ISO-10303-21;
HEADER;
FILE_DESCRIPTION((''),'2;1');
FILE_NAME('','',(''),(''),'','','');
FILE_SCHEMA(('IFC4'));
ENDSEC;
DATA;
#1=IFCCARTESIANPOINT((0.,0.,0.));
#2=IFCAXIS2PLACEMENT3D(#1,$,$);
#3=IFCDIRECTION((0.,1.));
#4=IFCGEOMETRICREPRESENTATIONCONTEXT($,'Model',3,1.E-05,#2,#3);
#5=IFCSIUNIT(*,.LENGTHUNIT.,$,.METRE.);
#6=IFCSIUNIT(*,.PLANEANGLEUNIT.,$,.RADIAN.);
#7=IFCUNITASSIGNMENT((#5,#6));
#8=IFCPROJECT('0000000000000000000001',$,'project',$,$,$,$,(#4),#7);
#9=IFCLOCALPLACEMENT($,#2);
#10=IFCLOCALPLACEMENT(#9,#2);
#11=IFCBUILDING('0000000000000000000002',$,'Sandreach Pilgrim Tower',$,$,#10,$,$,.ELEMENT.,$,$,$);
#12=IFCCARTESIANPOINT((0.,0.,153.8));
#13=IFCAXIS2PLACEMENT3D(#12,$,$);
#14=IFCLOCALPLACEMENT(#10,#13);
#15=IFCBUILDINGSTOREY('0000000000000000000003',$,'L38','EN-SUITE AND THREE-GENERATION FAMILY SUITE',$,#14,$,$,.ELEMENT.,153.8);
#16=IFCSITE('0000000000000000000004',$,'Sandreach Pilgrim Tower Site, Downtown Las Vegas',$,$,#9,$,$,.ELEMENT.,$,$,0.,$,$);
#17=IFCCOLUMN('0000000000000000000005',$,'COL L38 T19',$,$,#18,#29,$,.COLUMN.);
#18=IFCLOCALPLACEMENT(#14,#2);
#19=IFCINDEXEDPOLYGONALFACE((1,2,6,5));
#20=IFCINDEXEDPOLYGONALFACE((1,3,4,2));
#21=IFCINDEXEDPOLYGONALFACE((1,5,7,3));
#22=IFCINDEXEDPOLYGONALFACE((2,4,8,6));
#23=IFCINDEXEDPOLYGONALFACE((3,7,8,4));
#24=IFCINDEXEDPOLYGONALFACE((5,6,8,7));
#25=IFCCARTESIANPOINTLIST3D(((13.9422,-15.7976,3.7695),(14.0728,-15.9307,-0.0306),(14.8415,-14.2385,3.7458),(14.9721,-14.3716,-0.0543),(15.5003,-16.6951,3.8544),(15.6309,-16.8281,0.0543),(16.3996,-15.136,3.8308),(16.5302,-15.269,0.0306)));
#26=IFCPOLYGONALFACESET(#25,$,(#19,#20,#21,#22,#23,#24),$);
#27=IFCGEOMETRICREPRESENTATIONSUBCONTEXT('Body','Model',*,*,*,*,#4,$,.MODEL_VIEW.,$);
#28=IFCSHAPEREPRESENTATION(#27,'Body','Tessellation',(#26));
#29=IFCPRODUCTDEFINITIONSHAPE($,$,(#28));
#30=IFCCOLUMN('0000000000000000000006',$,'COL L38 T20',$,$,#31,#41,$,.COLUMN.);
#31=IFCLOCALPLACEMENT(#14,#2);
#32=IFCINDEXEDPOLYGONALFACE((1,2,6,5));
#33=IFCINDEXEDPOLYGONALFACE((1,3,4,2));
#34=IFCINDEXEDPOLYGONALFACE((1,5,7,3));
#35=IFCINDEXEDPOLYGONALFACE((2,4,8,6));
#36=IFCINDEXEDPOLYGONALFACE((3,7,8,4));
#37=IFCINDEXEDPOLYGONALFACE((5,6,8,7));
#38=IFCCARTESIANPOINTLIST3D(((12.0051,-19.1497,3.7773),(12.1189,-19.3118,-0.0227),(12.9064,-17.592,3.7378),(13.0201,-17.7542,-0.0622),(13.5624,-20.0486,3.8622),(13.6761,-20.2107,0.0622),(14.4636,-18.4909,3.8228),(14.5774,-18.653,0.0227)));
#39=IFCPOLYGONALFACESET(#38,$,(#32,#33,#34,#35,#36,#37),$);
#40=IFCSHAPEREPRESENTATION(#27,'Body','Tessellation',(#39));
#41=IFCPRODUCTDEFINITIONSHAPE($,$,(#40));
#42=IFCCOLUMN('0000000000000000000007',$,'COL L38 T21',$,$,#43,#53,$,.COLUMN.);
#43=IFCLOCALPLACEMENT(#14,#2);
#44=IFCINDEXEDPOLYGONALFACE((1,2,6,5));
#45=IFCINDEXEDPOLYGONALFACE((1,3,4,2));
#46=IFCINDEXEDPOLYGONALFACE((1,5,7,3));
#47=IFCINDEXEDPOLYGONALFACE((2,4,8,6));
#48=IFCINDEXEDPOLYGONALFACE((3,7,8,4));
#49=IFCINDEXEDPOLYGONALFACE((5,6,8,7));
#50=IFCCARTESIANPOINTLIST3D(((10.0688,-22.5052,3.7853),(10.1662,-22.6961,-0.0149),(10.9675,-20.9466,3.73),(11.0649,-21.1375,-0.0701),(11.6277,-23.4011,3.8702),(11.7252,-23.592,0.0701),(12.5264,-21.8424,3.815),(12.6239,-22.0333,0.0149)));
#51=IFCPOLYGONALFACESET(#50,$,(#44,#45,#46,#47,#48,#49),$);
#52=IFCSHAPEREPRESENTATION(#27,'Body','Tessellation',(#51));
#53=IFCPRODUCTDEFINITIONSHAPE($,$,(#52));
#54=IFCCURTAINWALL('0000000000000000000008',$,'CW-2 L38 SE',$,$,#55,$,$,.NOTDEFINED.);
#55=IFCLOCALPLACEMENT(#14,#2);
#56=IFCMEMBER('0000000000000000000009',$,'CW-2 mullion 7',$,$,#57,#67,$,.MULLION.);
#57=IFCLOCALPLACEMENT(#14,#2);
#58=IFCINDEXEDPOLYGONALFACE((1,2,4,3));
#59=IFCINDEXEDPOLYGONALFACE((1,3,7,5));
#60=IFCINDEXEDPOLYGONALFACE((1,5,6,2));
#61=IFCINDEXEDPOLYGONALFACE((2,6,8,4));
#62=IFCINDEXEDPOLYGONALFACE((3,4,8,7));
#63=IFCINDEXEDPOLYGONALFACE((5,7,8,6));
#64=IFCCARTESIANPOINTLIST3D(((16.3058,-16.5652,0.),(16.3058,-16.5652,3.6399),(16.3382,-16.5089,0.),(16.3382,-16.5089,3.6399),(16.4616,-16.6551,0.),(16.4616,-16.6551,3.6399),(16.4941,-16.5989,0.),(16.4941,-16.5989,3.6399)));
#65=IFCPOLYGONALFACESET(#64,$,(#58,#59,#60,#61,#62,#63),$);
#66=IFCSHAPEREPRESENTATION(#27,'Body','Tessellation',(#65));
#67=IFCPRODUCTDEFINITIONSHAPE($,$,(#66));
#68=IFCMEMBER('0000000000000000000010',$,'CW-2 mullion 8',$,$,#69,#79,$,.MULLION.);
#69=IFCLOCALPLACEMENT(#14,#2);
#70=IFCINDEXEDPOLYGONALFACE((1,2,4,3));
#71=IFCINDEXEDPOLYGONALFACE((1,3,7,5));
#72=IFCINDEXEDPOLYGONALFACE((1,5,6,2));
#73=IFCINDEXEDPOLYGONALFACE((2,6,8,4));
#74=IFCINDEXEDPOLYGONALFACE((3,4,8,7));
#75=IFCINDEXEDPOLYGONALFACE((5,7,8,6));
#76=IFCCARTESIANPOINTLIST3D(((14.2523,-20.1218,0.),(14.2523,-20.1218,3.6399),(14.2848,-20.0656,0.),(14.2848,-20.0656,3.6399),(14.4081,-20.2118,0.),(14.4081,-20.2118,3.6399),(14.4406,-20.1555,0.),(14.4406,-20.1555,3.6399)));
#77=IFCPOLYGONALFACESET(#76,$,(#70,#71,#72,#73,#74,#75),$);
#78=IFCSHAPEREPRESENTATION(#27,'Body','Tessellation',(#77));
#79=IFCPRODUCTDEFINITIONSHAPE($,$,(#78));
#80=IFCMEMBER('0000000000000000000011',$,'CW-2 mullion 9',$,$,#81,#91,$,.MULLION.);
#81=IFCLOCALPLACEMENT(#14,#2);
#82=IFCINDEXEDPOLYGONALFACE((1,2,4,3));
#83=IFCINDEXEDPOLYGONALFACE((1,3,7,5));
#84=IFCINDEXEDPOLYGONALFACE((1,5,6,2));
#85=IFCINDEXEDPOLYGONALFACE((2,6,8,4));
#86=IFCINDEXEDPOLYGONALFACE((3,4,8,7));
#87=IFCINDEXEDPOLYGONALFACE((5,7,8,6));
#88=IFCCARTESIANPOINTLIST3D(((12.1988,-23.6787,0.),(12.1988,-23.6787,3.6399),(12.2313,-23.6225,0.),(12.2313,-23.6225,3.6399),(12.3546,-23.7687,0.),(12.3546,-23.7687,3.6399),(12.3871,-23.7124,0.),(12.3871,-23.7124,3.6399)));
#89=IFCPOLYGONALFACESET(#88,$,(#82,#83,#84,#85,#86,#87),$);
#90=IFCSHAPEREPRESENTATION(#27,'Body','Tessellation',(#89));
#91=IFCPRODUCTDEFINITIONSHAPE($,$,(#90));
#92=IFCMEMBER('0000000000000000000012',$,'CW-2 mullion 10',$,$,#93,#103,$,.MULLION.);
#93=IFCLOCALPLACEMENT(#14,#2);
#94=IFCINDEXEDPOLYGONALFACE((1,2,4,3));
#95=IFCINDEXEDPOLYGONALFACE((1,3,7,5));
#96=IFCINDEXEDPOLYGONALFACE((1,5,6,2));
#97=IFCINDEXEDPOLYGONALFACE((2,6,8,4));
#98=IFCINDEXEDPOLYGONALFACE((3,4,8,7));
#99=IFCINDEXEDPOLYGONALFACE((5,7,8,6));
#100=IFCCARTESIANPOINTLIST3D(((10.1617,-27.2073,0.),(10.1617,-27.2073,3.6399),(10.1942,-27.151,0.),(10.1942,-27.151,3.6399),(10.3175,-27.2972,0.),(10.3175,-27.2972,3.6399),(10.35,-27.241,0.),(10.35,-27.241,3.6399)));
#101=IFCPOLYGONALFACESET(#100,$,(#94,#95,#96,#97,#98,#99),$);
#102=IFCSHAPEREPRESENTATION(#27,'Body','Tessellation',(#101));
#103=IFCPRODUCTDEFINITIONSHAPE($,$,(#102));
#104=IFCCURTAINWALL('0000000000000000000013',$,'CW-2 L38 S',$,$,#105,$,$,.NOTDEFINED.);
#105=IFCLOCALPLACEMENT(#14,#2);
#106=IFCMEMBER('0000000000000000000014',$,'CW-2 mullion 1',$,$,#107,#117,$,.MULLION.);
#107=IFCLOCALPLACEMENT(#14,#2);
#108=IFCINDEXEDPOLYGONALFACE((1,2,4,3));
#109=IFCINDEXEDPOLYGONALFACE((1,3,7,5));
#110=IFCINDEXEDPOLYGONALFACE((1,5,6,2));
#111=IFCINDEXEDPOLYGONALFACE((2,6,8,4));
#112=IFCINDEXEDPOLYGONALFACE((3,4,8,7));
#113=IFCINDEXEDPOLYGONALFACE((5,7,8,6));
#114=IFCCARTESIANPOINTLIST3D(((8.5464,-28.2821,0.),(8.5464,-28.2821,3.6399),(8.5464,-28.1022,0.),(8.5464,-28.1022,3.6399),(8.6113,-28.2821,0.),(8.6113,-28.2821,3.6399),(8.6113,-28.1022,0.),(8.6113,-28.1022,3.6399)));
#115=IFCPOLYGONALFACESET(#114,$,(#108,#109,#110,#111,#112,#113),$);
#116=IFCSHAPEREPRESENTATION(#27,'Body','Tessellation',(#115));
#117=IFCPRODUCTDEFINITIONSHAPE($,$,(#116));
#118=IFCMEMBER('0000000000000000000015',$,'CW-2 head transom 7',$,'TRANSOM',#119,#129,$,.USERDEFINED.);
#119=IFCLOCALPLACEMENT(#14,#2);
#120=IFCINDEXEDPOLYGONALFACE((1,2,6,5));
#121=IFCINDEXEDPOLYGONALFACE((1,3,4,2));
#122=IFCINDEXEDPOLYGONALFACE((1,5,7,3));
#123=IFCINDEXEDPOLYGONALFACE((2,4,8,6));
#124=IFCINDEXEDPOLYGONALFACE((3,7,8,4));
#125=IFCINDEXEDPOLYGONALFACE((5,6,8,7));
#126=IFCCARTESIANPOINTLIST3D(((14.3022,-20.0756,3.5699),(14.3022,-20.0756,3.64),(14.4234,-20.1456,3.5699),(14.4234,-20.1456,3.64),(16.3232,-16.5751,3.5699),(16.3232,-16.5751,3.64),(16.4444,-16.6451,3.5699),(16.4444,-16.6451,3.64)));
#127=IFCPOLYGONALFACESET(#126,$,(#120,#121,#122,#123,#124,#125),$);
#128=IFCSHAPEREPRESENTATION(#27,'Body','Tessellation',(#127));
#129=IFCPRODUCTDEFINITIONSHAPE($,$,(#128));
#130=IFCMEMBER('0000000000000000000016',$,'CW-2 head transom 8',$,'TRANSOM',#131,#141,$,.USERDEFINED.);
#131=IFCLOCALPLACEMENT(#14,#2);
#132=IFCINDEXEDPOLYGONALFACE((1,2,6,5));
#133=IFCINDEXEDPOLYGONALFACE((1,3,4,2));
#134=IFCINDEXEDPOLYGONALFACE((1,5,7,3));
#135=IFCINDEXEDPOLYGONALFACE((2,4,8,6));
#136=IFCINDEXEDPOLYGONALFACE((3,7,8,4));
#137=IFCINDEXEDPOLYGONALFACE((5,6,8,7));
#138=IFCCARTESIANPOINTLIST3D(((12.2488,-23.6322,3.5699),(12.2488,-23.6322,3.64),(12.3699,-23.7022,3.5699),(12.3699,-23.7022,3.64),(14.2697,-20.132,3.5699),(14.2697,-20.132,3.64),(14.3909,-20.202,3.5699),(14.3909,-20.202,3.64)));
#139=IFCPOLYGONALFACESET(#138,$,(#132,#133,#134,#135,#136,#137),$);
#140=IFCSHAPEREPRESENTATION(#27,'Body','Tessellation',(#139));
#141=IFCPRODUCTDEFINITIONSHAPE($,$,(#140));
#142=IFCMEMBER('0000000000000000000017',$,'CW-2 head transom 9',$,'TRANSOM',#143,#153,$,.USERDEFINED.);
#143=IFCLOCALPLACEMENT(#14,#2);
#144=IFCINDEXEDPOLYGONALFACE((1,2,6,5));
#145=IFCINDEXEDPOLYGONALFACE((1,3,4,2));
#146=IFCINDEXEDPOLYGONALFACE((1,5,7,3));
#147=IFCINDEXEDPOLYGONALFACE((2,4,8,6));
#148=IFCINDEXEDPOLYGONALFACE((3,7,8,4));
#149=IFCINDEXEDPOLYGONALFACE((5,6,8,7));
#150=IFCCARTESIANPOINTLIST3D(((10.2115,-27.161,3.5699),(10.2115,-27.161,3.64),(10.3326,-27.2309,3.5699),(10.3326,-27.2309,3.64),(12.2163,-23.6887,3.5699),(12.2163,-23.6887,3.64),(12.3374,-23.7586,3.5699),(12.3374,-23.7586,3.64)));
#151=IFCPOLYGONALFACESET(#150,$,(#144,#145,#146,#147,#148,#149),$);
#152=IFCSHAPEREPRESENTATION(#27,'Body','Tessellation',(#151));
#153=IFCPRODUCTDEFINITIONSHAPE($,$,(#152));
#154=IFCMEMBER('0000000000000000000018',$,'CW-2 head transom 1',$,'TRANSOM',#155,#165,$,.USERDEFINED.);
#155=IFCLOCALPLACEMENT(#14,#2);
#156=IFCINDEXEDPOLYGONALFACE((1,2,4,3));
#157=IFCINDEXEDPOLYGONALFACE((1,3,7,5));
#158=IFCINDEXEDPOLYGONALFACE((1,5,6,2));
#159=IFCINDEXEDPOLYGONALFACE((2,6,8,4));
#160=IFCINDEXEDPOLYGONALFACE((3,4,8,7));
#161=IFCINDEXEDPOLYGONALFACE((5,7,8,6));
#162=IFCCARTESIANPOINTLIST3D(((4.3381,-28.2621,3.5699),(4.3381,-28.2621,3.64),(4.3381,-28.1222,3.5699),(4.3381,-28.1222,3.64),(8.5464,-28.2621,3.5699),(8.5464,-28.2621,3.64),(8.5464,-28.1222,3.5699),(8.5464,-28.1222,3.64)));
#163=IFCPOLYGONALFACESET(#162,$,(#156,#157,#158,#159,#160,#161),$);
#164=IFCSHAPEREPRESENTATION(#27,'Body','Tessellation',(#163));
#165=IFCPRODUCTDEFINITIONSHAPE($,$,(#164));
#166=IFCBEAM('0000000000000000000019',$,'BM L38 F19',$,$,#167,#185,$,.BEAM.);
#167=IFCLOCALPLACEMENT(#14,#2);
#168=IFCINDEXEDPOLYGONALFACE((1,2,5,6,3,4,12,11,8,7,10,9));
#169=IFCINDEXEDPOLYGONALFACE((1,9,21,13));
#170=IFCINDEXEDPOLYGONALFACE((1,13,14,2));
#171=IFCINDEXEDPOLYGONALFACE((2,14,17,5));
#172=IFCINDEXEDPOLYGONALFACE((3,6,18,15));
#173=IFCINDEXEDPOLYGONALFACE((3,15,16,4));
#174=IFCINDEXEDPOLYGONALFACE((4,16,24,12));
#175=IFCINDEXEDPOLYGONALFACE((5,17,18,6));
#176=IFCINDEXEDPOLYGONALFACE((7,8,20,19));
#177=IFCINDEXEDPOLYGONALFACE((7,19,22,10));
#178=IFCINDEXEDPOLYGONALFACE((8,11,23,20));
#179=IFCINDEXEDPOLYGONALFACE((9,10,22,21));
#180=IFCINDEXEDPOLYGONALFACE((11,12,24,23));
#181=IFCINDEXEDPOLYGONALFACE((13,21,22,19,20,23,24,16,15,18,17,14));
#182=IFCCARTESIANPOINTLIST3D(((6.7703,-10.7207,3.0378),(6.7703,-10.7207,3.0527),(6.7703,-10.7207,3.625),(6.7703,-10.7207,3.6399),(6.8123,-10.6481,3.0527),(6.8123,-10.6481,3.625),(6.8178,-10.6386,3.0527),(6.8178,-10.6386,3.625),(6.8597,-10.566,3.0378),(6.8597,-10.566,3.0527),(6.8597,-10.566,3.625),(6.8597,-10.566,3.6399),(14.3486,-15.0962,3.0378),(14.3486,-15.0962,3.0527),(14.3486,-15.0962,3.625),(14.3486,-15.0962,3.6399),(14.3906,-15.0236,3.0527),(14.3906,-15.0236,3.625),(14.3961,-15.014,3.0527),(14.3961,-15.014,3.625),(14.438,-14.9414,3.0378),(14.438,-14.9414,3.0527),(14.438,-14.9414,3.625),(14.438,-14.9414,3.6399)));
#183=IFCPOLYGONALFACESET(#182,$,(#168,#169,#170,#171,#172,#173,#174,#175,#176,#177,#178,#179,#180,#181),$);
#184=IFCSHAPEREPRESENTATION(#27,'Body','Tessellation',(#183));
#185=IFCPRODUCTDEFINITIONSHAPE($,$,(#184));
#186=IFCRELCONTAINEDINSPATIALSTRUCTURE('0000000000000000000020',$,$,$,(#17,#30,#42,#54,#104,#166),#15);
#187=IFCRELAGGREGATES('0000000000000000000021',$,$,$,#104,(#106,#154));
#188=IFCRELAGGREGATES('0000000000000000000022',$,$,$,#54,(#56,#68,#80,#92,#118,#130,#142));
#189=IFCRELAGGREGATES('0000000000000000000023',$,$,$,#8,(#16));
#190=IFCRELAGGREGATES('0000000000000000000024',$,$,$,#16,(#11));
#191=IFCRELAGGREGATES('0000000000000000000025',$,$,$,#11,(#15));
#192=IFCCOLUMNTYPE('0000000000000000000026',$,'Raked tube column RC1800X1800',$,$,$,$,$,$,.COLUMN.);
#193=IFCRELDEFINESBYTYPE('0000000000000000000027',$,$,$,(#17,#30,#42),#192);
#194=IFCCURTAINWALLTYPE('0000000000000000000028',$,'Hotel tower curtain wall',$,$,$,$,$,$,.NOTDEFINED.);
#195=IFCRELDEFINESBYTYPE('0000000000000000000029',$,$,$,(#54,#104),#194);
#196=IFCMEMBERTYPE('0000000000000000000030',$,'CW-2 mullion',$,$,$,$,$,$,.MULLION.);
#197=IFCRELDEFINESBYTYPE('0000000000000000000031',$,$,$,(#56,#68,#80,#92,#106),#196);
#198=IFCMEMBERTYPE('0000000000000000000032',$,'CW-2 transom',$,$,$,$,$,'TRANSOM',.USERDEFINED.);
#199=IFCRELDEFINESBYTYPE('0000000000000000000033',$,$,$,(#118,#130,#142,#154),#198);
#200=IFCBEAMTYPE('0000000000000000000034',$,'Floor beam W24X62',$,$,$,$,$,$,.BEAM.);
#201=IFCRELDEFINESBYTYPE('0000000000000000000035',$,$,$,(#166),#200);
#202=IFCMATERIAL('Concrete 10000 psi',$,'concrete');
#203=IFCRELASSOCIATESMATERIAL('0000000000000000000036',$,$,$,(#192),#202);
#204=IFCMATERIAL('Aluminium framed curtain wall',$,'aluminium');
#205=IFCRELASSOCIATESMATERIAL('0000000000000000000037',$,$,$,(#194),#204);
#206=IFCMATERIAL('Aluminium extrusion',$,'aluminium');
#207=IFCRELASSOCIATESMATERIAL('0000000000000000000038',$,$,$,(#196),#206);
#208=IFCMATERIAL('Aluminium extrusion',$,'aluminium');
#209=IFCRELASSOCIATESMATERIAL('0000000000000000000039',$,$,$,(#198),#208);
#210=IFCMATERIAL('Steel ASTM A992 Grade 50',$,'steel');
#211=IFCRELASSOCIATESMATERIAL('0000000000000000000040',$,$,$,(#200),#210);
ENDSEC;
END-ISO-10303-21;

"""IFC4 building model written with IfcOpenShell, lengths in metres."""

from ifc_helpers import new_model, si_unit, direction, frame, origin, origin_2d, place, context, subcontext, project, spatial, rectangle, i_section, extrude, material, material_profile, profile_set, type_object, element, aggregate, save


model = new_model("IFC4")

# Units and contexts
model_context = context("Model", 3, precision=1e-05, world=origin(), true_north=direction((0.0, 1.0)))
body_context = subcontext(model_context, "Body", "Model", "MODEL_VIEW")
ifc_project = project(units=[si_unit("LENGTHUNIT", "METRE"), si_unit("PLANEANGLEUNIT", "RADIAN")], contexts=[model_context])

# Site, building, storey
site_placement = place(None, origin())
site = spatial("IfcSite", under=ifc_project, at=site_placement, Name="Sandreach Pilgrim Tower Site, Downtown Las Vegas", CompositionType="ELEMENT", RefElevation=0.0)
building_placement = place(site_placement, origin())
building = spatial("IfcBuilding", under=site, at=building_placement, Name="Sandreach Pilgrim Tower", CompositionType="ELEMENT")
storey_placement = place(building_placement, frame((0.0, 0.0, 153.8)))
storey = spatial("IfcBuildingStorey", under=building, at=storey_placement, Name="L38", Description="EN-SUITE AND THREE-GENERATION FAMILY SUITE", CompositionType="ELEMENT", Elevation=153.8)

# Columns
ifc_material_1 = material(Name="Concrete 10000 psi", Category="concrete")
ifc_material_profile_1 = material_profile(ifc_material_1, rectangle(XDim=1.8, YDim=1.8, at=origin_2d()), Name="RC1800X1800")
ifc_profile_set_1 = profile_set([ifc_material_profile_1], Name="Concrete 10000 psi")
column_type = type_object("IfcColumnType", Name="Raked tube column RC1800X1800", PredefinedType="COLUMN", material=ifc_profile_set_1)
column_1_placement = place(storey_placement, frame((15.3015, -15.5999, 0.0), z_axis=(-0.034331, 0.034972, 0.998798), x_axis=(0.865569, -0.49856, 0.047208)))
element("IfcColumn", 1, at=column_1_placement, inside=storey, type_object=column_type, Name="COL L38 T19", PredefinedType="COLUMN", context=body_context, shape_type="SweptSolid", body=[
    extrude(rectangle(XDim=1.8, YDim=1.8, at=origin_2d()), origin(), (0.0, 0.0, 1.0), 3.8047),
])
column_2_placement = place(storey_placement, frame((13.3481, -18.9824, 0.0), z_axis=(-0.029898, 0.042602, 0.998645), x_axis=(0.865116, -0.499346, 0.047203)))
element("IfcColumn", 2, at=column_2_placement, inside=storey, type_object=column_type, Name="COL L38 T20", PredefinedType="COLUMN", context=body_context, shape_type="SweptSolid", body=[
    extrude(rectangle(XDim=1.8, YDim=1.8, at=origin_2d()), origin(), (0.0, 0.0, 1.0), 3.8052),
])
column_3_placement = place(storey_placement, frame((11.395, -22.3647, 0.0), z_axis=(-0.025594, 0.050161, 0.998413), x_axis=(0.86607, -0.497689, 0.047206)))
element("IfcColumn", 3, at=column_3_placement, inside=storey, type_object=column_type, Name="COL L38 T21", PredefinedType="COLUMN", context=body_context, shape_type="SweptSolid", body=[
    extrude(rectangle(XDim=1.8, YDim=1.8, at=origin_2d()), origin(), (0.0, 0.0, 1.0), 3.8062),
])

# Curtain wall, members
ifc_material_2 = material(Name="Aluminium framed curtain wall", Category="aluminium")
curtain_wall_type = type_object("IfcCurtainWallType", Name="Hotel tower curtain wall", PredefinedType="NOTDEFINED", material=ifc_material_2)
curtain_wall_1_placement = place(storey_placement, origin())
curtain_wall_1 = element("IfcCurtainWall", 4, at=curtain_wall_1_placement, inside=storey, type_object=curtain_wall_type, Name="CW-2 L38 SE", PredefinedType="NOTDEFINED")
ifc_material_3 = material(Name="Aluminium extrusion", Category="aluminium")
ifc_material_profile_2 = material_profile(ifc_material_3, rectangle(XDim=0.0649, YDim=0.1799, at=origin_2d()), Name="CW-2M 65X180")
ifc_profile_set_2 = profile_set([ifc_material_profile_2], Name="Aluminium extrusion")
member_type_1 = type_object("IfcMemberType", Name="CW-2 mullion", PredefinedType="MULLION", material=ifc_profile_set_2)
member_1_placement = place(storey_placement, frame((16.3999, -16.582, 0.0), z_axis=(0.0, 0.0, 1.0), x_axis=(-0.5, -0.866025, 0.0)))
member_1 = element("IfcMember", 5, at=member_1_placement, type_object=member_type_1, Name="CW-2 mullion 7", PredefinedType="MULLION", context=body_context, shape_type="SweptSolid", body=[
    extrude(rectangle(XDim=0.0649, YDim=0.1799, at=origin_2d()), origin(), (0.0, 0.0, 1.0), 3.6399),
])
member_2_placement = place(storey_placement, frame((14.3464, -20.1387, 0.0), z_axis=(0.0, 0.0, 1.0), x_axis=(-0.5, -0.866025, 0.0)))
member_2 = element("IfcMember", 6, at=member_2_placement, type_object=member_type_1, Name="CW-2 mullion 8", PredefinedType="MULLION", context=body_context, shape_type="SweptSolid", body=[
    extrude(rectangle(XDim=0.0649, YDim=0.1799, at=origin_2d()), origin(), (0.0, 0.0, 1.0), 3.6399),
])
member_3_placement = place(storey_placement, frame((12.293, -23.6956, 0.0), z_axis=(0.0, 0.0, 1.0), x_axis=(-0.5, -0.866025, 0.0)))
member_3 = element("IfcMember", 7, at=member_3_placement, type_object=member_type_1, Name="CW-2 mullion 9", PredefinedType="MULLION", context=body_context, shape_type="SweptSolid", body=[
    extrude(rectangle(XDim=0.0649, YDim=0.1799, at=origin_2d()), origin(), (0.0, 0.0, 1.0), 3.6399),
])
member_4_placement = place(storey_placement, frame((10.2559, -27.2241, 0.0), z_axis=(0.0, 0.0, 1.0), x_axis=(-0.5, -0.866025, 0.0)))
member_4 = element("IfcMember", 8, at=member_4_placement, type_object=member_type_1, Name="CW-2 mullion 10", PredefinedType="MULLION", context=body_context, shape_type="SweptSolid", body=[
    extrude(rectangle(XDim=0.0649, YDim=0.1799, at=origin_2d()), origin(), (0.0, 0.0, 1.0), 3.6399),
])

# Curtain wall, member
curtain_wall_2_placement = place(storey_placement, origin())
curtain_wall_2 = element("IfcCurtainWall", 9, at=curtain_wall_2_placement, inside=storey, type_object=curtain_wall_type, Name="CW-2 L38 S", PredefinedType="NOTDEFINED")
member_5_placement = place(storey_placement, frame((8.5789, -28.1921, 0.0), z_axis=(0.0, 0.0, 1.0), x_axis=(-1.0, 0.0, 0.0)))
member_5 = element("IfcMember", 10, at=member_5_placement, type_object=member_type_1, Name="CW-2 mullion 1", PredefinedType="MULLION", context=body_context, shape_type="SweptSolid", body=[
    extrude(rectangle(XDim=0.0649, YDim=0.1799, at=origin_2d()), origin(), (0.0, 0.0, 1.0), 3.6399),
])

# Members
ifc_material_4 = material(Name="Aluminium extrusion", Category="aluminium")
ifc_material_profile_3 = material_profile(ifc_material_4, rectangle(XDim=0.1399, YDim=0.0701, at=origin_2d()), Name="CW-2T 140X70")
ifc_profile_set_3 = profile_set([ifc_material_profile_3], Name="Aluminium extrusion")
member_type_2 = type_object("IfcMemberType", Name="CW-2 transom", ElementType="TRANSOM", PredefinedType="USERDEFINED", material=ifc_profile_set_3)
member_6_placement = place(storey_placement, frame((16.3838, -16.6101, 3.605), z_axis=(-0.499998, -0.866027, 0.0), x_axis=(0.866027, -0.499998, 0.0)))
member_6 = element("IfcMember", 11, at=member_6_placement, type_object=member_type_2, Name="CW-2 head transom 7", ObjectType="TRANSOM", PredefinedType="USERDEFINED", context=body_context, shape_type="SweptSolid", body=[
    extrude(rectangle(XDim=0.1399, YDim=0.0701, at=origin_2d()), origin(), (0.0, 0.0, 1.0), 4.042),
])
member_7_placement = place(storey_placement, frame((14.3303, -20.167, 3.605), z_axis=(-0.500024, -0.866012, 0.0), x_axis=(0.866012, -0.500024, 0.0)))
member_7 = element("IfcMember", 12, at=member_7_placement, type_object=member_type_2, Name="CW-2 head transom 8", ObjectType="TRANSOM", PredefinedType="USERDEFINED", context=body_context, shape_type="SweptSolid", body=[
    extrude(rectangle(XDim=0.1399, YDim=0.0701, at=origin_2d()), origin(), (0.0, 0.0, 1.0), 4.0417),
])
member_8_placement = place(storey_placement, frame((12.2769, -23.7236, 3.605), z_axis=(-0.500016, -0.866016, 0.0), x_axis=(0.866016, -0.500016, 0.0)))
member_8 = element("IfcMember", 13, at=member_8_placement, type_object=member_type_2, Name="CW-2 head transom 9", ObjectType="TRANSOM", PredefinedType="USERDEFINED", context=body_context, shape_type="SweptSolid", body=[
    extrude(rectangle(XDim=0.1399, YDim=0.0701, at=origin_2d()), origin(), (0.0, 0.0, 1.0), 4.0095),
])
member_9_placement = place(storey_placement, frame((8.5464, -28.1921, 3.605), z_axis=(-1.0, 0.0, 0.0), x_axis=(0.0, -1.0, 0.0)))
member_9 = element("IfcMember", 14, at=member_9_placement, type_object=member_type_2, Name="CW-2 head transom 1", ObjectType="TRANSOM", PredefinedType="USERDEFINED", context=body_context, shape_type="SweptSolid", body=[
    extrude(rectangle(XDim=0.1399, YDim=0.0701, at=origin_2d()), origin(), (0.0, 0.0, 1.0), 4.2083),
])
aggregate(curtain_wall_2, [member_5, member_9])

# Beam
ifc_material_5 = material(Name="Steel ASTM A992 Grade 50", Category="steel")
ifc_material_profile_4 = material_profile(ifc_material_5, i_section(OverallWidth=0.1787, OverallDepth=0.6021, WebThickness=0.011, FlangeThickness=0.0149, at=origin_2d()), Name="W24X62")
ifc_profile_set_4 = profile_set([ifc_material_profile_4], Name="Steel ASTM A992 Grade 50")
beam_type_1 = type_object("IfcBeamType", Name="Floor beam W24X62", PredefinedType="BEAM", material=ifc_profile_set_4)
beam_1_placement = place(storey_placement, frame((14.3933, -15.0188, 3.3389), z_axis=(-0.86602, 0.50001, 0.0), x_axis=(-0.50001, -0.86602, 0.0)))
element("IfcBeam", 15, at=beam_1_placement, inside=storey, type_object=beam_type_1, Name="BM L38 F19", PredefinedType="BEAM", context=body_context, shape_type="SweptSolid", body=[
    extrude(i_section(OverallWidth=0.1787, OverallDepth=0.6021, WebThickness=0.011, FlangeThickness=0.0149, at=origin_2d()), origin(), (0.0, 0.0, 1.0), 8.7507),
])

aggregate(curtain_wall_1, [member_1, member_2, member_3, member_4, member_6, member_7, member_8])

save(model, "model.ifc")
